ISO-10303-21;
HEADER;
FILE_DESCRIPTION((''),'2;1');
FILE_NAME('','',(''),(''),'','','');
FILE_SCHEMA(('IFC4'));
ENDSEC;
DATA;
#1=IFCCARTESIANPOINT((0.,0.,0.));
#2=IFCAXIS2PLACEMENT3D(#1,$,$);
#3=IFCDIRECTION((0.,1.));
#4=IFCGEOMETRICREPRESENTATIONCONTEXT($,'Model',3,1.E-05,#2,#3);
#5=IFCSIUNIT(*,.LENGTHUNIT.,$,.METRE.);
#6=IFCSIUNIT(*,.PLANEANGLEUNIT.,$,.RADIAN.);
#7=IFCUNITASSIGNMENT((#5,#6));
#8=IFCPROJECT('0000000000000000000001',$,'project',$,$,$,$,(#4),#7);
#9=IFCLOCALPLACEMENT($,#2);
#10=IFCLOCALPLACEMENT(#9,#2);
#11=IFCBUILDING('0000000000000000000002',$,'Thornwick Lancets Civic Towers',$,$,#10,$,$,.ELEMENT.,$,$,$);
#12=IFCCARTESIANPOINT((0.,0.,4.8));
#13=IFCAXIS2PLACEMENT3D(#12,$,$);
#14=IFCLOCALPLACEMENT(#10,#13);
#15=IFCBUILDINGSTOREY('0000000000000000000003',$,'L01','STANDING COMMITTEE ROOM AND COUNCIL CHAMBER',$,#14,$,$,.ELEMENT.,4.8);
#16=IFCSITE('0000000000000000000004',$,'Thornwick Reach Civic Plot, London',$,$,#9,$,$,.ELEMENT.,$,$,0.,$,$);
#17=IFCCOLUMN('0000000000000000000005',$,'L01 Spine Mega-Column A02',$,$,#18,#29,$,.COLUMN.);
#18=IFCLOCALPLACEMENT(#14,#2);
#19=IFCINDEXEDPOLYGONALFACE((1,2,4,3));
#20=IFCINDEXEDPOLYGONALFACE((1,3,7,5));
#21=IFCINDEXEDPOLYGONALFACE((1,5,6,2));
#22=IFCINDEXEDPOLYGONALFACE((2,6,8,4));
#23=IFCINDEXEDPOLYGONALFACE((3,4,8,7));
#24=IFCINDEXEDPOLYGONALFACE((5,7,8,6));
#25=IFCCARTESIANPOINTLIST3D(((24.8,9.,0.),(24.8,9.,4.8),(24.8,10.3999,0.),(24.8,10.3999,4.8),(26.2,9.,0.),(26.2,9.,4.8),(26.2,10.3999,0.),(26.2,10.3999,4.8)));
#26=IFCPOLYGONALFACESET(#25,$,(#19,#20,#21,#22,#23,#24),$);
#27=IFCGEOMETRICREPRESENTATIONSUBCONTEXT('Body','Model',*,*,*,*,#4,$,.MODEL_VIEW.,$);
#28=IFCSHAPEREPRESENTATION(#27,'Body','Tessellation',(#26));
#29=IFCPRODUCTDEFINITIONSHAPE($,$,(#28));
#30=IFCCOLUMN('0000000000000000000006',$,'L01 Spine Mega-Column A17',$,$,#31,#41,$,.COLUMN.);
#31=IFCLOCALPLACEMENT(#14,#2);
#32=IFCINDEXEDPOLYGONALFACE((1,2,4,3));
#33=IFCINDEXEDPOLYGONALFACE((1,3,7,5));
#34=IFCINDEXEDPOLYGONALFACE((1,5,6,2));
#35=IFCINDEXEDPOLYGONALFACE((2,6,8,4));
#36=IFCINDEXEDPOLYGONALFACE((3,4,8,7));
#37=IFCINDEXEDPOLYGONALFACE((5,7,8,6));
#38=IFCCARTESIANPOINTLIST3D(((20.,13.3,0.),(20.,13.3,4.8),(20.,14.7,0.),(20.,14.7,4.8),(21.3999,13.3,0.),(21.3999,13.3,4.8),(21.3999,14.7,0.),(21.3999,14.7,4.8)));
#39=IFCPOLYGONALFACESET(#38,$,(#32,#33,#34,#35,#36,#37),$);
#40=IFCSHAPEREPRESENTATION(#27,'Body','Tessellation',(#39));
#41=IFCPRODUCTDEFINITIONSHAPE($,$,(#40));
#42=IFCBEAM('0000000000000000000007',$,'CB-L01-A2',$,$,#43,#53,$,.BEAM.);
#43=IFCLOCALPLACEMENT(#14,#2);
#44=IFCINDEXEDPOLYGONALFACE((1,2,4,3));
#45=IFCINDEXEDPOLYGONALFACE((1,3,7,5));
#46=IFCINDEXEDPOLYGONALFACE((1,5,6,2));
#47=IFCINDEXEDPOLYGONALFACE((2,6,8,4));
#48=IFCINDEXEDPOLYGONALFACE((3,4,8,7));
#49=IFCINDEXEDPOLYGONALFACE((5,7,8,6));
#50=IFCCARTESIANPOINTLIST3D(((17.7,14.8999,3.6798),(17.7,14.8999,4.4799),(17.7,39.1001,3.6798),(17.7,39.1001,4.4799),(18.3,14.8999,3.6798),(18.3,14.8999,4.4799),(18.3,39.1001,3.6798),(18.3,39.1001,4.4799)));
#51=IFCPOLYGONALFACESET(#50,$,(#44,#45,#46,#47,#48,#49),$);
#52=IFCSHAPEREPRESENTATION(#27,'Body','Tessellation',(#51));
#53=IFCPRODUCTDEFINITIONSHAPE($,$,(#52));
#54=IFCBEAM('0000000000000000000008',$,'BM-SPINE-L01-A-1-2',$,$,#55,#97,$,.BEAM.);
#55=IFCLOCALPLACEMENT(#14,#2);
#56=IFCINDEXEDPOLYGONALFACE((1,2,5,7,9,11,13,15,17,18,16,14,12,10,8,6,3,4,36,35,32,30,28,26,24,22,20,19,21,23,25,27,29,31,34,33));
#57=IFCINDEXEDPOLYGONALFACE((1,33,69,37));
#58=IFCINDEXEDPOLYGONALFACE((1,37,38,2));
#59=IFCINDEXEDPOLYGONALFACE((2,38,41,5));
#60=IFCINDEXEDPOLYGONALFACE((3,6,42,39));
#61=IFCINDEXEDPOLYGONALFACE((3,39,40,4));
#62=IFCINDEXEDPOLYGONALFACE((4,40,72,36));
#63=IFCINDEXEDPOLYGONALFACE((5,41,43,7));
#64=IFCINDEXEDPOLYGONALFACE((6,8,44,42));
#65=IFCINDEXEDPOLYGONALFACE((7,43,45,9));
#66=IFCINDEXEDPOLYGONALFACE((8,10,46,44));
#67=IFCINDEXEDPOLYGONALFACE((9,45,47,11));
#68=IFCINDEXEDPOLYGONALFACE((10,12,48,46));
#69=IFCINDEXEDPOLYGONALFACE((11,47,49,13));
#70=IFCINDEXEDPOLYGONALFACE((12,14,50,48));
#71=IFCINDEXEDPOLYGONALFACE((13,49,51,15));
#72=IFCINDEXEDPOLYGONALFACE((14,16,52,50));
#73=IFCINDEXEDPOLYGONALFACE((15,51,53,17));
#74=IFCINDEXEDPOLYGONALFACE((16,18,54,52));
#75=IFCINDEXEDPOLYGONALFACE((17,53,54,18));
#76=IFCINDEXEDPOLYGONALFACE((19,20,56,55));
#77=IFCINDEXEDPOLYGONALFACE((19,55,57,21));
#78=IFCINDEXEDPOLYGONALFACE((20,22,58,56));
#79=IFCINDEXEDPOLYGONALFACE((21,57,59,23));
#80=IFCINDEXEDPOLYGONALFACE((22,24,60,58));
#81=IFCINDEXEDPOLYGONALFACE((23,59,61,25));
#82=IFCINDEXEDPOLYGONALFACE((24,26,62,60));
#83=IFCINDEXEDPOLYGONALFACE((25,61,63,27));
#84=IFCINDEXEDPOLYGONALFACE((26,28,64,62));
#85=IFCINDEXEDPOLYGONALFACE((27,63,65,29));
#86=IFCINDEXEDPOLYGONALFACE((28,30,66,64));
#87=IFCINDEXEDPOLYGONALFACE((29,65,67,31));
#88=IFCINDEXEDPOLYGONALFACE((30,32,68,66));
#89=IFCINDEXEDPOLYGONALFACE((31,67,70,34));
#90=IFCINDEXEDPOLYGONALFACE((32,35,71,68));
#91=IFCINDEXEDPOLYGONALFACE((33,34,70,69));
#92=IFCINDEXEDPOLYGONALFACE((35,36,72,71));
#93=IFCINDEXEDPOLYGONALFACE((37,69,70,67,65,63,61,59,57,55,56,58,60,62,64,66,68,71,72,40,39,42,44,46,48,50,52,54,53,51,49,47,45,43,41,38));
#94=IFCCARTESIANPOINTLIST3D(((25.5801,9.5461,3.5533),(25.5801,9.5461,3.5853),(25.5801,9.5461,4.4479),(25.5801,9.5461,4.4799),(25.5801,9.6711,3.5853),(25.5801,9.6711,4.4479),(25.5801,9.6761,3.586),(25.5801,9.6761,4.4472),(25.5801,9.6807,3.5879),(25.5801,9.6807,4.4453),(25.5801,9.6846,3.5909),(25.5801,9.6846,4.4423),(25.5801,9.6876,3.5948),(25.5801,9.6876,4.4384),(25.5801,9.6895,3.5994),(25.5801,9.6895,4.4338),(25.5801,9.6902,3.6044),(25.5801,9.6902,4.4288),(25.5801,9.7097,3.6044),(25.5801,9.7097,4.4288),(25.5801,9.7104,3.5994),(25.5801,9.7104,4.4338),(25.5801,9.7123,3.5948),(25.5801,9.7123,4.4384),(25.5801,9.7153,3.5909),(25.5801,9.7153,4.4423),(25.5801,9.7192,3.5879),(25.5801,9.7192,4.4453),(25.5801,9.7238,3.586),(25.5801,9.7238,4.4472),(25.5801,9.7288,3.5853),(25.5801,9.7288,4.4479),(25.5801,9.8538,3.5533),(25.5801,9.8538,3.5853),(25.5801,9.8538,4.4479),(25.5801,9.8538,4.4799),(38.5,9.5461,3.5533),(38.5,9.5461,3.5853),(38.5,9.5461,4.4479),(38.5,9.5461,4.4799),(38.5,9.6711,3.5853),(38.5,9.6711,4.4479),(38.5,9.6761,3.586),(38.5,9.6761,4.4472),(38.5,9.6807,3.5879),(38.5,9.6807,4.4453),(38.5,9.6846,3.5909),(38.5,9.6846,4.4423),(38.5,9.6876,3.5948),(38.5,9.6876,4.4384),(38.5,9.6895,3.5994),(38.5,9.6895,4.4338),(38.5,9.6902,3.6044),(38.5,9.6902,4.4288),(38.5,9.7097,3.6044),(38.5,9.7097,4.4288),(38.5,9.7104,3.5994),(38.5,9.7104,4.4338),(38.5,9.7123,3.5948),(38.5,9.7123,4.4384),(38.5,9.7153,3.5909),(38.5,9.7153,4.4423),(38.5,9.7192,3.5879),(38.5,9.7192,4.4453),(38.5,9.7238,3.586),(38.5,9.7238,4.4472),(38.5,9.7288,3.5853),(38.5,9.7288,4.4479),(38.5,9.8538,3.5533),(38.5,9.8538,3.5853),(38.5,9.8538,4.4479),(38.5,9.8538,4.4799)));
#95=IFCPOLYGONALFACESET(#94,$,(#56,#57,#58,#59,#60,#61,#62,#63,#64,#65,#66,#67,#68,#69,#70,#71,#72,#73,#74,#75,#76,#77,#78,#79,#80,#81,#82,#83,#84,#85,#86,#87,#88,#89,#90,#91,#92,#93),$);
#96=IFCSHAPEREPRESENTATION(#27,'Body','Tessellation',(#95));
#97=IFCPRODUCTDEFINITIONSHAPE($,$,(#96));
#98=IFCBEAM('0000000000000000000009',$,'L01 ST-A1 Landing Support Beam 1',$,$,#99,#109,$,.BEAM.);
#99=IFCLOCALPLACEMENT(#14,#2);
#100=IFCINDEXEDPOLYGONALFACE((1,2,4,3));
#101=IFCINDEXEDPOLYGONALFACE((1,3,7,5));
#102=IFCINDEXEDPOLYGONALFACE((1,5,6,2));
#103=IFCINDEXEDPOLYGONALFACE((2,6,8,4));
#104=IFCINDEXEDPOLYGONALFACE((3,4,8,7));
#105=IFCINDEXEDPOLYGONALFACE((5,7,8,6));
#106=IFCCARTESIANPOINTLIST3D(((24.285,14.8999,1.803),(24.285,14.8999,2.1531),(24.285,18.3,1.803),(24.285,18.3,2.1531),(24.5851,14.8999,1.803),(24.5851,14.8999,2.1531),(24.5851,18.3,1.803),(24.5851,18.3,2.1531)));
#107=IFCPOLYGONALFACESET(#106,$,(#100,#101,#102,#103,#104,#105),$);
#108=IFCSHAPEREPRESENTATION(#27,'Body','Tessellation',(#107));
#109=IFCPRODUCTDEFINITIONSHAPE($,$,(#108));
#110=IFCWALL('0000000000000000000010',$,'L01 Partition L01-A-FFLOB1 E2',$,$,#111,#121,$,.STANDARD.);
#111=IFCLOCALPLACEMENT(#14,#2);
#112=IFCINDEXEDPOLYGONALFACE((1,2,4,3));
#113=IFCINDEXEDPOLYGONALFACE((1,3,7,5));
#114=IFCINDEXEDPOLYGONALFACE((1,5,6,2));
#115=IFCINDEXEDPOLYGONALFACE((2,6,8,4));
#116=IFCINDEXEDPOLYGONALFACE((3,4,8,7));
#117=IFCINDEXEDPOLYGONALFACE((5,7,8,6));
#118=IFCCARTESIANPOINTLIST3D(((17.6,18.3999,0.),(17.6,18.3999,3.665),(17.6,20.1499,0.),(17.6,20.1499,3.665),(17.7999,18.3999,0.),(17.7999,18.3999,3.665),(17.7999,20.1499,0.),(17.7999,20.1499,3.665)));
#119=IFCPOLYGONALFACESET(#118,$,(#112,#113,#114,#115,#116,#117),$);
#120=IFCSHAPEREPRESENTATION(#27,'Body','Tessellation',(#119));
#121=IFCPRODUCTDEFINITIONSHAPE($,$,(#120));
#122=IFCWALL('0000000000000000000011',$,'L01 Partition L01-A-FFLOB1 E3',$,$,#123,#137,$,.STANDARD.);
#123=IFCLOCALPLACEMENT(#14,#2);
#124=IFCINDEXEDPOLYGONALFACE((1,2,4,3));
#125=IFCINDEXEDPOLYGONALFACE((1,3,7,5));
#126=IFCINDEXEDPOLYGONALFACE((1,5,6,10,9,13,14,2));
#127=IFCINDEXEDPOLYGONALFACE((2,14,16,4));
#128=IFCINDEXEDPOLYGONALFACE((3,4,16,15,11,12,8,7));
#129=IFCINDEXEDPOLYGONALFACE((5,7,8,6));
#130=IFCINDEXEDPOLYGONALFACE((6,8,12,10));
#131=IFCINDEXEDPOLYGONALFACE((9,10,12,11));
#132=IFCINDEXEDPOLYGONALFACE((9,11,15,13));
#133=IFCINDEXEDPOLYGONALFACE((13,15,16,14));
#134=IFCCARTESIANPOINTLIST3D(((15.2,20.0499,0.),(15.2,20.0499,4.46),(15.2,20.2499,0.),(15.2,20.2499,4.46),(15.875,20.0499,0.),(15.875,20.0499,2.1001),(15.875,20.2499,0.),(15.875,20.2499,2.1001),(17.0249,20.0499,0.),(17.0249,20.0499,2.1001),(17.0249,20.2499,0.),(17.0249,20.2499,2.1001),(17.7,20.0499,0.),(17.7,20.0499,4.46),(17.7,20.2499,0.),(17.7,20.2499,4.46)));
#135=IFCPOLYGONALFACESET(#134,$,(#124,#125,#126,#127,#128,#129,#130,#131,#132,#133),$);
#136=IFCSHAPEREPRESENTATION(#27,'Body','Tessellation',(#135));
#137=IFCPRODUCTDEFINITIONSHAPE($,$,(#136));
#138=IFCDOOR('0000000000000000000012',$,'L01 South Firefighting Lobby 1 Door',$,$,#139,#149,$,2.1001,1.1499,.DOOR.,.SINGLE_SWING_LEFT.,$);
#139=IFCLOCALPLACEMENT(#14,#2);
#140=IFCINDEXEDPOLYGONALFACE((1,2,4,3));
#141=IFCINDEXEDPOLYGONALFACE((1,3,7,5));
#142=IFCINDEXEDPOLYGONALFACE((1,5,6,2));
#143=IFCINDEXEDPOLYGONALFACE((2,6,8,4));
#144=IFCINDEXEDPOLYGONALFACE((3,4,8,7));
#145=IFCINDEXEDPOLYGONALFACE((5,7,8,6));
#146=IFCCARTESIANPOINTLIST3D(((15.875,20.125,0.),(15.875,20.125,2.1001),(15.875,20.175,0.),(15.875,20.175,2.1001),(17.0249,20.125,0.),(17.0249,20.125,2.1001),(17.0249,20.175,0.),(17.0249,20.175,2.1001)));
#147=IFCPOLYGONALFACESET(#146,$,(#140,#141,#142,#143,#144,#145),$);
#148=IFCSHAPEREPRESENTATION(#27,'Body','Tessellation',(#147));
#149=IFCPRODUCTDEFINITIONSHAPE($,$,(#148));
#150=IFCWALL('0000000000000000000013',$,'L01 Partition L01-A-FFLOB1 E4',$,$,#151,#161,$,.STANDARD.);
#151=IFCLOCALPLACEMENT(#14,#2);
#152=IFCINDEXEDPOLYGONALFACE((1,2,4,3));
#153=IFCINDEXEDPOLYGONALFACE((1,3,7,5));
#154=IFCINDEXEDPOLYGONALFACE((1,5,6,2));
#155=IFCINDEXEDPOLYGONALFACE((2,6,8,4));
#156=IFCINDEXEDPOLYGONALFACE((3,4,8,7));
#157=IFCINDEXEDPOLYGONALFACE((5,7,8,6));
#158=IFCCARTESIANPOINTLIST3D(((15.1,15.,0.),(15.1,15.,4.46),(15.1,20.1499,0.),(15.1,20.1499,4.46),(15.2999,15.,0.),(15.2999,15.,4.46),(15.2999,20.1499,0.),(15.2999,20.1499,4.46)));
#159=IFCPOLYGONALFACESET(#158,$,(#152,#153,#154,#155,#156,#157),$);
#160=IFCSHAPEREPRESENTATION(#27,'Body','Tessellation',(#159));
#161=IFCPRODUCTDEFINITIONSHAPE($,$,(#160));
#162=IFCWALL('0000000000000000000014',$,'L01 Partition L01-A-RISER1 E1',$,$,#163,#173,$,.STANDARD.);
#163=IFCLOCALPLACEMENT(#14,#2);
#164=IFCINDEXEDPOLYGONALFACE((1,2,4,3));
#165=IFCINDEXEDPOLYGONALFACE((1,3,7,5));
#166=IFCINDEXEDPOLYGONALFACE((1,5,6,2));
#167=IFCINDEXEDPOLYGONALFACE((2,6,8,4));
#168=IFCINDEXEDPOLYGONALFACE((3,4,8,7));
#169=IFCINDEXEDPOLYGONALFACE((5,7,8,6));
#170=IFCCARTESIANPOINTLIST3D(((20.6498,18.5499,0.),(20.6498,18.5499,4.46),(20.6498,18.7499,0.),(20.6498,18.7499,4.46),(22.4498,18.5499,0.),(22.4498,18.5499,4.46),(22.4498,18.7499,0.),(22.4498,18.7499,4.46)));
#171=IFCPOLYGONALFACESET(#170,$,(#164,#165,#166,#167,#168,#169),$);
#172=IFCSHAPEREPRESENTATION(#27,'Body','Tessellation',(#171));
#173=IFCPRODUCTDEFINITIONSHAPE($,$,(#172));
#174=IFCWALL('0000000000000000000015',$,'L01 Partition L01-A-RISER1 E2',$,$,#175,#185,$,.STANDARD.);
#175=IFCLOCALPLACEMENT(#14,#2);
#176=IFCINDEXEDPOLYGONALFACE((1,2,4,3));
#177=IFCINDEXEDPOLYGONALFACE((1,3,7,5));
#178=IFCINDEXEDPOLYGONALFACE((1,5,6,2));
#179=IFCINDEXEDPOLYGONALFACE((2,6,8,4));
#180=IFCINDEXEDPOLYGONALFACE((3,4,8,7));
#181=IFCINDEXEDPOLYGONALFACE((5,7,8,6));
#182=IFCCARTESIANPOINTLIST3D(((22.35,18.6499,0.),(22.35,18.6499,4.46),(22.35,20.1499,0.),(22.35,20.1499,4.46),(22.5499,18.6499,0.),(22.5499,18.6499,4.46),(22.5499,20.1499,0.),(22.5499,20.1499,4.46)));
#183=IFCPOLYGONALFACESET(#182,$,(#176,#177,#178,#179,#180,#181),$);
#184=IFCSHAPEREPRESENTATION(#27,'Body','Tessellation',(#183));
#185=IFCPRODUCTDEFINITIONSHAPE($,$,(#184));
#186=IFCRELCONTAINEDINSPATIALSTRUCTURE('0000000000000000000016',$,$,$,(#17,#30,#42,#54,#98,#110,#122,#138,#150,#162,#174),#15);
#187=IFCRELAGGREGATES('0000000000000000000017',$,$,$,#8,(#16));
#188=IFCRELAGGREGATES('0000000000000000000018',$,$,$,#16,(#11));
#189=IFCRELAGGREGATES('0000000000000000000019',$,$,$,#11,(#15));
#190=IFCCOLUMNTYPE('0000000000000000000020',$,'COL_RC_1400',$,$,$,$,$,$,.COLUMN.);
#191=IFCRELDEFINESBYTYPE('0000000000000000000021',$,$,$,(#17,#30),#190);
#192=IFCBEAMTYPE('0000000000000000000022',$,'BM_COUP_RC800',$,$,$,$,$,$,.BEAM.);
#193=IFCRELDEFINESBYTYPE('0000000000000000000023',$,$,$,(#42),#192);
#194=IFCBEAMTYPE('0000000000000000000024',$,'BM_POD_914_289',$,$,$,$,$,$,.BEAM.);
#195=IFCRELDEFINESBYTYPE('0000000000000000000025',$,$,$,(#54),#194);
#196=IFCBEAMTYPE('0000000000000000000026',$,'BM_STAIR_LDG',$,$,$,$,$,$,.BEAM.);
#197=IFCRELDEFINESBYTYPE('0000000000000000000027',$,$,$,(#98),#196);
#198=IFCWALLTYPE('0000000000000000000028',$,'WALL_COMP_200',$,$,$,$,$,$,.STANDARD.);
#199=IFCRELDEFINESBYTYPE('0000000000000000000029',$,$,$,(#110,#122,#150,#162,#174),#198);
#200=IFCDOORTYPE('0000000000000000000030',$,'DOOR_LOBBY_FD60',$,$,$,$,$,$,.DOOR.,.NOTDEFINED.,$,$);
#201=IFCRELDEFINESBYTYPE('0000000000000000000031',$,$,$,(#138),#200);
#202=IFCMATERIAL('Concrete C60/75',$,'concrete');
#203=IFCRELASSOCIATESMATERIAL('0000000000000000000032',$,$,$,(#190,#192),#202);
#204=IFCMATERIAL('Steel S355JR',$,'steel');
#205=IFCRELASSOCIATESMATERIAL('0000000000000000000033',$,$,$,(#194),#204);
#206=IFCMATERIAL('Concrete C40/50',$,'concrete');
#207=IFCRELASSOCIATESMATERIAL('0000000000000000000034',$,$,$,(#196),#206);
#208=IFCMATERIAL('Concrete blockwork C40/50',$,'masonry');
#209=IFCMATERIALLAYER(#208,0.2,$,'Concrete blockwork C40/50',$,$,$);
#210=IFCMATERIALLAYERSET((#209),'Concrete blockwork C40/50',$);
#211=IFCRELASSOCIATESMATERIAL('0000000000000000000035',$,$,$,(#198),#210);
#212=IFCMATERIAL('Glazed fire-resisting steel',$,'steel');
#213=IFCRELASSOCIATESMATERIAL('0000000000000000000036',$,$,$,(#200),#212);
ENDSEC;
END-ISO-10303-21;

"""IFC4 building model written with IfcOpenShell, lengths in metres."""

from ifc_helpers import new_model, si_unit, direction, frame, frame_2d, origin, origin_2d, place, context, subcontext, project, spatial, rectangle, i_section, extrude, material, layer, layer_set, material_profile, profile_set, type_object, element, fill, save


model = new_model("IFC4")

# Units and contexts
model_context = context("Model", 3, precision=1e-05, world=origin(), true_north=direction((0.0, 1.0)))
body_context = subcontext(model_context, "Body", "Model", "MODEL_VIEW")
ifc_project = project(units=[si_unit("LENGTHUNIT", "METRE"), si_unit("PLANEANGLEUNIT", "RADIAN")], contexts=[model_context])

# Site, building, storey
site_placement = place(None, origin())
site = spatial("IfcSite", under=ifc_project, at=site_placement, Name="Thornwick Reach Civic Plot, London", CompositionType="ELEMENT", RefElevation=0.0)
building_placement = place(site_placement, origin())
building = spatial("IfcBuilding", under=site, at=building_placement, Name="Thornwick Lancets Civic Towers", CompositionType="ELEMENT")
storey_placement = place(building_placement, frame((0.0, 0.0, 4.8)))
storey = spatial("IfcBuildingStorey", under=building, at=storey_placement, Name="L01", Description="STANDING COMMITTEE ROOM AND COUNCIL CHAMBER", CompositionType="ELEMENT", Elevation=4.8)

# Columns
ifc_material_1 = material(Name="Concrete C60/75", Category="concrete")
ifc_material_profile_1 = material_profile(ifc_material_1, rectangle(XDim=1.3999, YDim=1.3999, at=origin_2d()), Name="RC 1400x1400")
ifc_profile_set_1 = profile_set([ifc_material_profile_1], Name="Concrete C60/75")
column_type = type_object("IfcColumnType", Name="COL_RC_1400", PredefinedType="COLUMN", material=ifc_profile_set_1)
for number, where, z_axis, x_axis, name in (
    (1, (25.5, 9.7, 0.0), (0.0, 0.0, 1.0), (1.0, 0.0, 0.0), "L01 Spine Mega-Column A02"),
    (2, (20.7, 14.0, 0.0), (0.0, 0.0, 1.0), (1.0, 0.0, 0.0), "L01 Spine Mega-Column A17"),
):
    element("IfcColumn", number, at=place(storey_placement, frame(where, z_axis=z_axis, x_axis=x_axis)), inside=storey, type_object=column_type, Name=name, PredefinedType="COLUMN", context=body_context, shape_type="SweptSolid", body=[
        extrude(rectangle(XDim=1.3999, YDim=1.3999, at=origin_2d()), origin(), (0.0, 0.0, 1.0), 4.8),
    ])

# Beams
ifc_material_profile_2 = material_profile(ifc_material_1, rectangle(XDim=0.6001, YDim=0.8, at=origin_2d()), Name="RC 600x800")
ifc_profile_set_2 = profile_set([ifc_material_profile_2], Name="Concrete C60/75")
beam_type_1 = type_object("IfcBeamType", Name="BM_COUP_RC800", PredefinedType="BEAM", material=ifc_profile_set_2)
beam_1_placement = place(storey_placement, frame((18.0, 14.8999, 4.0798), z_axis=(0.0, 1.0, 0.0), x_axis=(-1.0, 0.0, 0.0)))
element("IfcBeam", 3, at=beam_1_placement, inside=storey, type_object=beam_type_1, Name="CB-L01-A2", PredefinedType="BEAM", context=body_context, shape_type="SweptSolid", body=[
    extrude(rectangle(XDim=0.6001, YDim=0.8, at=origin_2d()), origin(), (0.0, 0.0, 1.0), 24.2002),
])
ifc_material_2 = material(Name="Steel S355JR", Category="steel")
ifc_material_profile_3 = material_profile(ifc_material_2, i_section(OverallWidth=0.3076, OverallDepth=0.9265, WebThickness=0.0195, FlangeThickness=0.032, FilletRadius=0.019, at=origin_2d()), Name="UKB 914x305x289")
ifc_profile_set_3 = profile_set([ifc_material_profile_3], Name="Steel S355JR")
beam_type_2 = type_object("IfcBeamType", Name="BM_POD_914_289", PredefinedType="BEAM", material=ifc_profile_set_3)
beam_2_placement = place(storey_placement, frame((25.5801, 9.7, 4.0166), z_axis=(1.0, 0.0, 0.0), x_axis=(0.0, 1.0, 0.0)))
element("IfcBeam", 4, at=beam_2_placement, inside=storey, type_object=beam_type_2, Name="BM-SPINE-L01-A-1-2", PredefinedType="BEAM", context=body_context, shape_type="SweptSolid", body=[
    extrude(i_section(OverallWidth=0.3076, OverallDepth=0.9265, WebThickness=0.0195, FlangeThickness=0.032, FilletRadius=0.019, at=origin_2d()), origin(), (0.0, 0.0, 1.0), 12.9199),
])
ifc_material_3 = material(Name="Concrete C40/50", Category="concrete")
ifc_material_profile_4 = material_profile(ifc_material_3, rectangle(XDim=0.3, YDim=0.3501, at=origin_2d()), Name="RC 300x350")
ifc_profile_set_4 = profile_set([ifc_material_profile_4], Name="Concrete C40/50")
beam_type_3 = type_object("IfcBeamType", Name="BM_STAIR_LDG", PredefinedType="BEAM", material=ifc_profile_set_4)
beam_3_placement = place(storey_placement, frame((24.4351, 14.8999, 1.978), z_axis=(0.0, 1.0, 0.0), x_axis=(-1.0, 0.0, 0.0)))
element("IfcBeam", 5, at=beam_3_placement, inside=storey, type_object=beam_type_3, Name="L01 ST-A1 Landing Support Beam 1", PredefinedType="BEAM", context=body_context, shape_type="SweptSolid", body=[
    extrude(rectangle(XDim=0.3, YDim=0.3501, at=origin_2d()), origin(), (0.0, 0.0, 1.0), 3.4001),
])

# Wall
ifc_material_4 = material(Name="Concrete blockwork C40/50", Category="masonry")
ifc_layer_1 = layer(ifc_material_4, 0.2, Name="Concrete blockwork C40/50")
ifc_layer_set_1 = layer_set([ifc_layer_1], Name="Concrete blockwork C40/50")
wall_type_1 = type_object("IfcWallType", Name="WALL_COMP_200", PredefinedType="STANDARD", material=ifc_layer_set_1)
wall_1_placement = place(storey_placement, frame((17.7, 18.3999, 0.0), z_axis=(0.0, 0.0, 1.0), x_axis=(0.0, 1.0, 0.0)))
element("IfcWall", 6, at=wall_1_placement, inside=storey, type_object=wall_type_1, Name="L01 Partition L01-A-FFLOB1 E2", PredefinedType="STANDARD", context=body_context, shape_type="SweptSolid", body=[
    extrude(rectangle(XDim=1.75, YDim=0.2, at=frame_2d((0.875, 0.0))), origin(), (0.0, 0.0, 1.0), 3.665),
])

# Wall, opening, door
wall_2_placement = place(storey_placement, frame((17.7, 20.1499, 0.0), z_axis=(0.0, 0.0, 1.0), x_axis=(-1.0, 0.0, 0.0)))
wall_2 = element("IfcWall", 7, at=wall_2_placement, inside=storey, type_object=wall_type_1, Name="L01 Partition L01-A-FFLOB1 E3", PredefinedType="STANDARD", context=body_context, shape_type="SweptSolid", body=[
    extrude(rectangle(XDim=2.5, YDim=0.2, at=frame_2d((1.25, 0.0))), origin(), (0.0, 0.0, 1.0), 4.46),
])
opening_1_placement = place(wall_2_placement, frame((0.675, 0.0, 0.0)))
opening_1 = element("IfcOpeningElement", 8, at=opening_1_placement, cuts=wall_2, PredefinedType="OPENING", context=body_context, shape_type="SweptSolid", body=[
    extrude(rectangle(XDim=1.1499, YDim=2.1001, at=frame_2d((0.575, 1.05))), frame((0.0, 0.1099, 0.0), z_axis=(0.0, -1.0, 0.0), x_axis=(1.0, 0.0, 0.0)), (0.0, 0.0, 1.0), 0.22),
])
ifc_material_5 = material(Name="Glazed fire-resisting steel", Category="steel")
door_type_1 = type_object("IfcDoorType", Name="DOOR_LOBBY_FD60", OperationType="NOTDEFINED", PredefinedType="DOOR", material=ifc_material_5)
door_1_placement = place(opening_1_placement, origin())
door_1 = element("IfcDoor", 9, at=door_1_placement, inside=storey, type_object=door_type_1, Name="L01 South Firefighting Lobby 1 Door", OperationType="SINGLE_SWING_LEFT", OverallHeight=2.1001, OverallWidth=1.1499, PredefinedType="DOOR", context=body_context, shape_type="SweptSolid", body=[
    extrude(rectangle(XDim=1.1499, YDim=2.1001, at=frame_2d((0.575, 1.05))), frame((0.0, 0.0249, 0.0), z_axis=(0.0, -1.0, 0.0), x_axis=(1.0, 0.0, 0.0)), (0.0, 0.0, 1.0), 0.05),
])
fill(opening_1, door_1)

# Walls
wall_3_placement = place(storey_placement, frame((15.2, 20.1499, 0.0), z_axis=(0.0, 0.0, 1.0), x_axis=(0.0, -1.0, 0.0)))
element("IfcWall", 10, at=wall_3_placement, inside=storey, type_object=wall_type_1, Name="L01 Partition L01-A-FFLOB1 E4", PredefinedType="STANDARD", context=body_context, shape_type="SweptSolid", body=[
    extrude(rectangle(XDim=5.1499, YDim=0.2, at=frame_2d((2.575, 0.0))), origin(), (0.0, 0.0, 1.0), 4.46),
])
wall_4_placement = place(storey_placement, frame((20.6499, 18.6499, 0.0), z_axis=(0.0, 0.0, 1.0), x_axis=(1.0, 0.0, 0.0)))
element("IfcWall", 11, at=wall_4_placement, inside=storey, type_object=wall_type_1, Name="L01 Partition L01-A-RISER1 E1", PredefinedType="STANDARD", context=body_context, shape_type="SweptSolid", body=[
    extrude(rectangle(XDim=1.8, YDim=0.2, at=frame_2d((0.8999, 0.0))), origin(), (0.0, 0.0, 1.0), 4.46),
])
wall_5_placement = place(storey_placement, frame((22.45, 18.6499, 0.0), z_axis=(0.0, 0.0, 1.0), x_axis=(0.0, 1.0, 0.0)))
element("IfcWall", 12, at=wall_5_placement, inside=storey, type_object=wall_type_1, Name="L01 Partition L01-A-RISER1 E2", PredefinedType="STANDARD", context=body_context, shape_type="SweptSolid", body=[
    extrude(rectangle(XDim=1.5, YDim=0.2, at=frame_2d((0.75, 0.0))), origin(), (0.0, 0.0, 1.0), 4.46),
])

save(model, "model.ifc")
